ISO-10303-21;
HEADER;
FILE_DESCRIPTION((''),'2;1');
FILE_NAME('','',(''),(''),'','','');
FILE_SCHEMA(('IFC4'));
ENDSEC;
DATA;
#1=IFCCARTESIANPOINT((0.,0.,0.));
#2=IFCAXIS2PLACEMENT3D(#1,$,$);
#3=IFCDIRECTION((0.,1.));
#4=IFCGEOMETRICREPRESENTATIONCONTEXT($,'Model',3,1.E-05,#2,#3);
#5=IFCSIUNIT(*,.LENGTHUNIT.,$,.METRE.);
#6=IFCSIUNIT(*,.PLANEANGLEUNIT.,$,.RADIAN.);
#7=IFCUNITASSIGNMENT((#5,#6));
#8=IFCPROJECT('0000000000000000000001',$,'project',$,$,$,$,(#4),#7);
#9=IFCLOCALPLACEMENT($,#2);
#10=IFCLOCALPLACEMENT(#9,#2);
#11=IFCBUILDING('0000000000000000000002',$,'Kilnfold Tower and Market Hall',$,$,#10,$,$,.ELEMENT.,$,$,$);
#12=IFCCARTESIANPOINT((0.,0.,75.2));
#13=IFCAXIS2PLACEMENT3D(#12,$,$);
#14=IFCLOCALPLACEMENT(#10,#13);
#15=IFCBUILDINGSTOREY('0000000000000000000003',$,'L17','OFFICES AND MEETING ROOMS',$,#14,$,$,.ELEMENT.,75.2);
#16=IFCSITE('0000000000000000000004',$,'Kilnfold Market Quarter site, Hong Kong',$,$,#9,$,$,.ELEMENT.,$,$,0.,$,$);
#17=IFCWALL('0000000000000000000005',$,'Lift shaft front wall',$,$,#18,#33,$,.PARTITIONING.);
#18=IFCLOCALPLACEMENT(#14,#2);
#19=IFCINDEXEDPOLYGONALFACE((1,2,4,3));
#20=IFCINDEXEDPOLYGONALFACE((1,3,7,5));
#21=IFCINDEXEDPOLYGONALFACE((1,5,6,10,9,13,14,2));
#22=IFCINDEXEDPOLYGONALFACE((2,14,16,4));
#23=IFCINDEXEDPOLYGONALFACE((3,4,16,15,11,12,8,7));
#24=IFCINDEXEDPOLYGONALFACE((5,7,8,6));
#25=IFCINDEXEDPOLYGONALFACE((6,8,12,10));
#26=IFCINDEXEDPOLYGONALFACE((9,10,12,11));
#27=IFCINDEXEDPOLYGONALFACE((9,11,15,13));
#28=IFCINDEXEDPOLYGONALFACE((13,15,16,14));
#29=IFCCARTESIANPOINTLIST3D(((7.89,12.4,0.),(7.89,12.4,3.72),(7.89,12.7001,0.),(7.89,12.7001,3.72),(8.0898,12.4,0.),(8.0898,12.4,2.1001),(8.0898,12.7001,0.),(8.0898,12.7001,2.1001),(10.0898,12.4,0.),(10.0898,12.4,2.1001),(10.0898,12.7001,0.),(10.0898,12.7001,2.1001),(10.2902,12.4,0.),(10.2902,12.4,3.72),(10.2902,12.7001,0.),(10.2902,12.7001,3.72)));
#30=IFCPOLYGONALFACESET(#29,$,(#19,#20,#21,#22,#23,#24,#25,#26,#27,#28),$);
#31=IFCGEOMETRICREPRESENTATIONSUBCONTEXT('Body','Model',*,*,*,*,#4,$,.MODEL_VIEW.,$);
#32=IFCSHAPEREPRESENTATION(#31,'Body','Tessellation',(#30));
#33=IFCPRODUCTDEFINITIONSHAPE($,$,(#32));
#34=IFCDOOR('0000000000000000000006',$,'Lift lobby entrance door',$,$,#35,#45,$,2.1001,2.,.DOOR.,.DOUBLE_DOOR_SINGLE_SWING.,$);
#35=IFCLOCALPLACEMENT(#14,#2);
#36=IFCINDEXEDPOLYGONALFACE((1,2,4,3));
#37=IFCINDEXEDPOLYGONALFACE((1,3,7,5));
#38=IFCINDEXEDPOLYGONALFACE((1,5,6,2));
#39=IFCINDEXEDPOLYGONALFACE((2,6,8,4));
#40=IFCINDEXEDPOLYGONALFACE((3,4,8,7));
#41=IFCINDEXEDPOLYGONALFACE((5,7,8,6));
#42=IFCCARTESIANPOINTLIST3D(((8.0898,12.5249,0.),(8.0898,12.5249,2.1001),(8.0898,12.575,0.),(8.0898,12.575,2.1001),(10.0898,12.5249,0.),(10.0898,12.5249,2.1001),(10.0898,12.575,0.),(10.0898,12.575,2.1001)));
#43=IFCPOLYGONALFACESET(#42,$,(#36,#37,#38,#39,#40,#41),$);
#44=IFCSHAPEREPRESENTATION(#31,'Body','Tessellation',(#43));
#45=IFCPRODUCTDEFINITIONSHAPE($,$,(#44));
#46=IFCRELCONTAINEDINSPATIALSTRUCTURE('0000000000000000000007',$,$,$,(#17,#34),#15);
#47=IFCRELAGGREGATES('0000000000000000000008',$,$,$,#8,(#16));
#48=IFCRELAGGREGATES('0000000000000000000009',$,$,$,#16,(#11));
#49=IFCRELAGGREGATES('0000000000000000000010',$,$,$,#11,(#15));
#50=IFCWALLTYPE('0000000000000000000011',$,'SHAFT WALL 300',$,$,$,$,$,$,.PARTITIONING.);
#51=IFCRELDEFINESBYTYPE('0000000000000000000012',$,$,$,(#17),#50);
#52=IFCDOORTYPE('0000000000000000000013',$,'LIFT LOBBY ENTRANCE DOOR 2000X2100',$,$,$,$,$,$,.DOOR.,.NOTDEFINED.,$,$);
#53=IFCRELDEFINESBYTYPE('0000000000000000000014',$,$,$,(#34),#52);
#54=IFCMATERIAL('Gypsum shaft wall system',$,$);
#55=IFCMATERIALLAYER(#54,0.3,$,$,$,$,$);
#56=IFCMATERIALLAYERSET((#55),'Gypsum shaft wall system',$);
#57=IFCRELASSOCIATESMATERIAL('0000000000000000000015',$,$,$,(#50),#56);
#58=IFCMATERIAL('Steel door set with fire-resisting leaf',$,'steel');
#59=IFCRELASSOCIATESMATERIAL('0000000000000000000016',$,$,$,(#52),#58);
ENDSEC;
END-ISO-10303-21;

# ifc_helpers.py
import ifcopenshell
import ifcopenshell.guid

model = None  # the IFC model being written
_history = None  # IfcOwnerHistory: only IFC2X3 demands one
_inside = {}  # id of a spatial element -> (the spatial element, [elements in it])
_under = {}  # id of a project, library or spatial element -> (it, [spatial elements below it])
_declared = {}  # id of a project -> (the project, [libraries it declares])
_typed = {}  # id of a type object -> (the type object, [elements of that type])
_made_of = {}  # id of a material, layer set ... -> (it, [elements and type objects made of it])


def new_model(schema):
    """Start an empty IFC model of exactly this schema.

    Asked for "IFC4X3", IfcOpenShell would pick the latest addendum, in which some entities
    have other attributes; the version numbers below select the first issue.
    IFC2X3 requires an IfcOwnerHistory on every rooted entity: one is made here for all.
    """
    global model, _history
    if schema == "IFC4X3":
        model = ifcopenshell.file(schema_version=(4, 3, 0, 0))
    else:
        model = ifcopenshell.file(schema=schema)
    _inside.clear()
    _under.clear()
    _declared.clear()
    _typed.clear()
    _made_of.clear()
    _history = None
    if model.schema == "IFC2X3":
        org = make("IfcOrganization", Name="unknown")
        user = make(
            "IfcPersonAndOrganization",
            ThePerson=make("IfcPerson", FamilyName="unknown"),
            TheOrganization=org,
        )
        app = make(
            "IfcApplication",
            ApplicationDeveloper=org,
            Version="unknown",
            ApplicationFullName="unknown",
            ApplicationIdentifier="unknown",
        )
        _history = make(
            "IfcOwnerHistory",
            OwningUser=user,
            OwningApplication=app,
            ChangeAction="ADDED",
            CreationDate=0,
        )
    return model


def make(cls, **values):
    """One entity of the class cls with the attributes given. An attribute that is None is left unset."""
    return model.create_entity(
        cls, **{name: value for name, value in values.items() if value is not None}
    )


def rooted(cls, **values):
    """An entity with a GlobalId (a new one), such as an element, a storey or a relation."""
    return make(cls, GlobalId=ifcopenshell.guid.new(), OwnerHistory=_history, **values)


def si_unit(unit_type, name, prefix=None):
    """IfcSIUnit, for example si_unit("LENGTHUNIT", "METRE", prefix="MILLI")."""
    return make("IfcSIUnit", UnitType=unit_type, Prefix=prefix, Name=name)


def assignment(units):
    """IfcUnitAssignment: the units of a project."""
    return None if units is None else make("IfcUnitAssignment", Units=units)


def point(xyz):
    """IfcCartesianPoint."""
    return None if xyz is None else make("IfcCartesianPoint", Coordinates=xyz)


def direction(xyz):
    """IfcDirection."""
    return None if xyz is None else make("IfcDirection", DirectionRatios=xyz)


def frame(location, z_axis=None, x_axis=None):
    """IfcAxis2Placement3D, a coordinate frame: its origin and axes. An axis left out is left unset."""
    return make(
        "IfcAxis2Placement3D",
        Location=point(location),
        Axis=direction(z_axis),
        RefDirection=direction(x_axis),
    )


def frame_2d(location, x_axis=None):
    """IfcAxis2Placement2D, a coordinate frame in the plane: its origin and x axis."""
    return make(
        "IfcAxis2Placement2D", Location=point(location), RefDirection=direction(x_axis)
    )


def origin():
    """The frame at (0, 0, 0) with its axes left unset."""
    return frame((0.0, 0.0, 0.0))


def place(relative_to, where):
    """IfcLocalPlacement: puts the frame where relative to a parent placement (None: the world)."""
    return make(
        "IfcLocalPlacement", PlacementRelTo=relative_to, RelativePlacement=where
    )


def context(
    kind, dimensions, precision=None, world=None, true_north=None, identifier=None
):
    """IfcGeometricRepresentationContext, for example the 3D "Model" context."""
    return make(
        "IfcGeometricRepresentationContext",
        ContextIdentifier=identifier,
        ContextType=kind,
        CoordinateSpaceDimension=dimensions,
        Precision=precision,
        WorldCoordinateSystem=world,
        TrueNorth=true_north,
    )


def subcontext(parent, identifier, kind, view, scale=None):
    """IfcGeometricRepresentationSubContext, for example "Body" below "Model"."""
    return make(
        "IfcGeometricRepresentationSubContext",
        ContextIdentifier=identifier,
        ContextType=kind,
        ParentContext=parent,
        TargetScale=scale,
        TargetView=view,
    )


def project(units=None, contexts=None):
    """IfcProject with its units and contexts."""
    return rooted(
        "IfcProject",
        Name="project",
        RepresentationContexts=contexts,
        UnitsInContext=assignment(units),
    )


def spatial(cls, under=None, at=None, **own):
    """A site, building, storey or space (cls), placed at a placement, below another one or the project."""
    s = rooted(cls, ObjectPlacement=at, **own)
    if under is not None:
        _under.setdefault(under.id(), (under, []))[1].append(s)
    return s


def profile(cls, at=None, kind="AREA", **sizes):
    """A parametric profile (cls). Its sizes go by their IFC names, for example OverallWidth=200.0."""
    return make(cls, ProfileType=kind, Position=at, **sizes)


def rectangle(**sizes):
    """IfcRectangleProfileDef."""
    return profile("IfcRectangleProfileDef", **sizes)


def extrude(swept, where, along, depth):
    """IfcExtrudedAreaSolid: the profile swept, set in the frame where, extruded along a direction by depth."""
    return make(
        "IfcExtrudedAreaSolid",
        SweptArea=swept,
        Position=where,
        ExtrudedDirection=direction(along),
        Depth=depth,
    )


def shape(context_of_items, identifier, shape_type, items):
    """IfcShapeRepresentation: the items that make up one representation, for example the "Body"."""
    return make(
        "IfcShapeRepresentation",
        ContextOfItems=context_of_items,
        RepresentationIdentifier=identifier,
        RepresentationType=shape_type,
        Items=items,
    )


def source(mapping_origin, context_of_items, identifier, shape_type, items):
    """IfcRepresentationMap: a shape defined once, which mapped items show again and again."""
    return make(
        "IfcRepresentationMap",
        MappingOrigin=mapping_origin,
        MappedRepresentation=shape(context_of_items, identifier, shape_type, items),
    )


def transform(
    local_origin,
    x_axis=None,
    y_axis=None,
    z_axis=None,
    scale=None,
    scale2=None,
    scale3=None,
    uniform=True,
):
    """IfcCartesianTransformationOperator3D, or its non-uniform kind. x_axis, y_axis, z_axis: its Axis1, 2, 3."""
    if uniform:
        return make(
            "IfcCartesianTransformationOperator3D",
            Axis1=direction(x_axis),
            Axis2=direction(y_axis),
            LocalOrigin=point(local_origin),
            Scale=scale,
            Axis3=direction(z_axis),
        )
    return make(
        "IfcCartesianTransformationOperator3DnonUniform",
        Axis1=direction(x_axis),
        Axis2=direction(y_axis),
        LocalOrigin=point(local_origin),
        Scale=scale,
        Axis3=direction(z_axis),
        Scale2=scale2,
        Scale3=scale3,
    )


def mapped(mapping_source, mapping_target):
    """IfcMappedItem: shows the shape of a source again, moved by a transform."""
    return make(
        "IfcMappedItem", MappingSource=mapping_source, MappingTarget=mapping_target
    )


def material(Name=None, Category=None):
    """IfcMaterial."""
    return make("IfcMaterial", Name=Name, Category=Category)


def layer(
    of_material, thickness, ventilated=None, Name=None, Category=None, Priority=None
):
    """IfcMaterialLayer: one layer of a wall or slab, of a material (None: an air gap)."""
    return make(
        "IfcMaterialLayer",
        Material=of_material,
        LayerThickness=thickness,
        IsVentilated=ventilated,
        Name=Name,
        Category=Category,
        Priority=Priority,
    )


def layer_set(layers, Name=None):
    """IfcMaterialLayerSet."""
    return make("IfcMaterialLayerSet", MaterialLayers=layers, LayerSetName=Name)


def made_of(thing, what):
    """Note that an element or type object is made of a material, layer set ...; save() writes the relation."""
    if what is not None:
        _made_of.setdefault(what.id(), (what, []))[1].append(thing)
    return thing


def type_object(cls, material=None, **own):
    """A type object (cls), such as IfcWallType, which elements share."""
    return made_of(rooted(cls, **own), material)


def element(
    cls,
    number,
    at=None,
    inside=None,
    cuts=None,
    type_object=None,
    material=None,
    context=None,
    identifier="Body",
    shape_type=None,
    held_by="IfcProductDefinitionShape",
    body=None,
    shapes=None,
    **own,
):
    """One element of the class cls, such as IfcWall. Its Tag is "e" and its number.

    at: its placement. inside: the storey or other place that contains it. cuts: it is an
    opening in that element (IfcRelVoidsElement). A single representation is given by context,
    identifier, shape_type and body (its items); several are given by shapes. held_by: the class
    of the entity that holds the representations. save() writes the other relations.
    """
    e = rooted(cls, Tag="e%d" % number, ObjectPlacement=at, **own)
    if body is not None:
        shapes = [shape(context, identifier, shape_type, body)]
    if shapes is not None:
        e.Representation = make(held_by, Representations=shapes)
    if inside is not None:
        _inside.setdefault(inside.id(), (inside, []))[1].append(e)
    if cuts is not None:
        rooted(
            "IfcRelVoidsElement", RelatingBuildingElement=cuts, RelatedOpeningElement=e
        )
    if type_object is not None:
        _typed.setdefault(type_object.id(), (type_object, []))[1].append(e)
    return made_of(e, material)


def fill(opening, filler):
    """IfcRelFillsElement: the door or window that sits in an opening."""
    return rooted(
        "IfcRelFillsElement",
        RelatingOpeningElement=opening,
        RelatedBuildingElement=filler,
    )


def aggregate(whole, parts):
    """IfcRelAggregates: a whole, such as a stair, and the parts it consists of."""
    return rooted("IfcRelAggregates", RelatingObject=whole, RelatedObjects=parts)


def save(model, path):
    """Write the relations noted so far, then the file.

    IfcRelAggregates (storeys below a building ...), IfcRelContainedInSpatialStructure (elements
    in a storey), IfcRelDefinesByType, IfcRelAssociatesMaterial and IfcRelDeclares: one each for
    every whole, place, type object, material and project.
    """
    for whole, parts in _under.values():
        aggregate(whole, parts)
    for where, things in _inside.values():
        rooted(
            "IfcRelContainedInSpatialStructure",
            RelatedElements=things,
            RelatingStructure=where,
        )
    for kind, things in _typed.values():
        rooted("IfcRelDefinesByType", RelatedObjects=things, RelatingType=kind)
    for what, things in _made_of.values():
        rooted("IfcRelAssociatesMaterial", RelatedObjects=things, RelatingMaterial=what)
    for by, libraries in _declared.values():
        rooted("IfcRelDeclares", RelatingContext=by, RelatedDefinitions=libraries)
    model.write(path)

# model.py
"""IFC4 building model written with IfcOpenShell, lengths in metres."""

from ifc_helpers import new_model, si_unit, direction, frame, frame_2d, origin, place, context, subcontext, project, spatial, rectangle, extrude, source, transform, mapped, material, layer, layer_set, type_object, element, fill, save


model = new_model("IFC4")

# Units and contexts
model_context = context("Model", 3, precision=1e-05, world=origin(), true_north=direction((0.0, 1.0)))
body_context = subcontext(model_context, "Body", "Model", "MODEL_VIEW")
ifc_project = project(units=[si_unit("LENGTHUNIT", "METRE"), si_unit("PLANEANGLEUNIT", "RADIAN")], contexts=[model_context])

# Site, building, storey
site_placement = place(None, origin())
site = spatial("IfcSite", under=ifc_project, at=site_placement, Name="Kilnfold Market Quarter site, Hong Kong", CompositionType="ELEMENT", RefElevation=0.0)
building_placement = place(site_placement, origin())
building = spatial("IfcBuilding", under=site, at=building_placement, Name="Kilnfold Tower and Market Hall", CompositionType="ELEMENT")
storey_placement = place(building_placement, frame((0.0, 0.0, 75.2)))
storey = spatial("IfcBuildingStorey", under=building, at=storey_placement, Name="L17", Description="OFFICES AND MEETING ROOMS", CompositionType="ELEMENT", Elevation=75.2)

# Shared definitions
ifc_material_1 = material(Name="Gypsum shaft wall system")
ifc_layer_1 = layer(ifc_material_1, 0.3)
ifc_layer_set_1 = layer_set([ifc_layer_1], Name="Gypsum shaft wall system")
wall_type_1 = type_object("IfcWallType", Name="SHAFT WALL 300", PredefinedType="PARTITIONING", material=ifc_layer_set_1)

# Wall, opening, door
shared_shape_1 = source(origin(), body_context, "Body", "SweptSolid", [
    extrude(rectangle(XDim=2.4001, YDim=0.3, at=frame_2d((1.2002, 0.0))), origin(), (0.0, 0.0, 1.0), 3.72),
])
wall_1_placement = place(storey_placement, frame((7.8899, 12.55, 0.0), z_axis=(0.0, 0.0, 1.0), x_axis=(1.0, 0.0, 0.0)))
wall_1 = element("IfcWall", 1, at=wall_1_placement, inside=storey, type_object=wall_type_1, Name="Lift shaft front wall", PredefinedType="PARTITIONING", context=body_context, shape_type="MappedRepresentation", body=[
    mapped(shared_shape_1, transform((0.0, 0.0, 0.0))),
])
opening_1_placement = place(wall_1_placement, frame((0.2, 0.0, 0.0)))
opening_1 = element("IfcOpeningElement", 2, at=opening_1_placement, cuts=wall_1, PredefinedType="OPENING", context=body_context, shape_type="SweptSolid", body=[
    extrude(rectangle(XDim=2.0, YDim=2.1001, at=frame_2d((1.0, 1.05))), frame((0.0, 0.1602, 0.0), z_axis=(0.0, -1.0, 0.0), x_axis=(1.0, 0.0, 0.0)), (0.0, 0.0, 1.0), 0.3201),
])
ifc_material_2 = material(Name="Steel door set with fire-resisting leaf", Category="steel")
door_type_1 = type_object("IfcDoorType", Name="LIFT LOBBY ENTRANCE DOOR 2000X2100", OperationType="NOTDEFINED", PredefinedType="DOOR", material=ifc_material_2)
door_1_placement = place(opening_1_placement, origin())
door_1 = element("IfcDoor", 3, at=door_1_placement, inside=storey, type_object=door_type_1, Name="Lift lobby entrance door", OperationType="DOUBLE_DOOR_SINGLE_SWING", OverallHeight=2.1001, OverallWidth=2.0, PredefinedType="DOOR", context=body_context, shape_type="SweptSolid", body=[
    extrude(rectangle(XDim=2.0, YDim=2.1001, at=frame_2d((1.0, 1.05))), frame((0.0, 0.0249, 0.0), z_axis=(0.0, -1.0, 0.0), x_axis=(1.0, 0.0, 0.0)), (0.0, 0.0, 1.0), 0.05),
])
fill(opening_1, door_1)

save(model, "model.ifc")
